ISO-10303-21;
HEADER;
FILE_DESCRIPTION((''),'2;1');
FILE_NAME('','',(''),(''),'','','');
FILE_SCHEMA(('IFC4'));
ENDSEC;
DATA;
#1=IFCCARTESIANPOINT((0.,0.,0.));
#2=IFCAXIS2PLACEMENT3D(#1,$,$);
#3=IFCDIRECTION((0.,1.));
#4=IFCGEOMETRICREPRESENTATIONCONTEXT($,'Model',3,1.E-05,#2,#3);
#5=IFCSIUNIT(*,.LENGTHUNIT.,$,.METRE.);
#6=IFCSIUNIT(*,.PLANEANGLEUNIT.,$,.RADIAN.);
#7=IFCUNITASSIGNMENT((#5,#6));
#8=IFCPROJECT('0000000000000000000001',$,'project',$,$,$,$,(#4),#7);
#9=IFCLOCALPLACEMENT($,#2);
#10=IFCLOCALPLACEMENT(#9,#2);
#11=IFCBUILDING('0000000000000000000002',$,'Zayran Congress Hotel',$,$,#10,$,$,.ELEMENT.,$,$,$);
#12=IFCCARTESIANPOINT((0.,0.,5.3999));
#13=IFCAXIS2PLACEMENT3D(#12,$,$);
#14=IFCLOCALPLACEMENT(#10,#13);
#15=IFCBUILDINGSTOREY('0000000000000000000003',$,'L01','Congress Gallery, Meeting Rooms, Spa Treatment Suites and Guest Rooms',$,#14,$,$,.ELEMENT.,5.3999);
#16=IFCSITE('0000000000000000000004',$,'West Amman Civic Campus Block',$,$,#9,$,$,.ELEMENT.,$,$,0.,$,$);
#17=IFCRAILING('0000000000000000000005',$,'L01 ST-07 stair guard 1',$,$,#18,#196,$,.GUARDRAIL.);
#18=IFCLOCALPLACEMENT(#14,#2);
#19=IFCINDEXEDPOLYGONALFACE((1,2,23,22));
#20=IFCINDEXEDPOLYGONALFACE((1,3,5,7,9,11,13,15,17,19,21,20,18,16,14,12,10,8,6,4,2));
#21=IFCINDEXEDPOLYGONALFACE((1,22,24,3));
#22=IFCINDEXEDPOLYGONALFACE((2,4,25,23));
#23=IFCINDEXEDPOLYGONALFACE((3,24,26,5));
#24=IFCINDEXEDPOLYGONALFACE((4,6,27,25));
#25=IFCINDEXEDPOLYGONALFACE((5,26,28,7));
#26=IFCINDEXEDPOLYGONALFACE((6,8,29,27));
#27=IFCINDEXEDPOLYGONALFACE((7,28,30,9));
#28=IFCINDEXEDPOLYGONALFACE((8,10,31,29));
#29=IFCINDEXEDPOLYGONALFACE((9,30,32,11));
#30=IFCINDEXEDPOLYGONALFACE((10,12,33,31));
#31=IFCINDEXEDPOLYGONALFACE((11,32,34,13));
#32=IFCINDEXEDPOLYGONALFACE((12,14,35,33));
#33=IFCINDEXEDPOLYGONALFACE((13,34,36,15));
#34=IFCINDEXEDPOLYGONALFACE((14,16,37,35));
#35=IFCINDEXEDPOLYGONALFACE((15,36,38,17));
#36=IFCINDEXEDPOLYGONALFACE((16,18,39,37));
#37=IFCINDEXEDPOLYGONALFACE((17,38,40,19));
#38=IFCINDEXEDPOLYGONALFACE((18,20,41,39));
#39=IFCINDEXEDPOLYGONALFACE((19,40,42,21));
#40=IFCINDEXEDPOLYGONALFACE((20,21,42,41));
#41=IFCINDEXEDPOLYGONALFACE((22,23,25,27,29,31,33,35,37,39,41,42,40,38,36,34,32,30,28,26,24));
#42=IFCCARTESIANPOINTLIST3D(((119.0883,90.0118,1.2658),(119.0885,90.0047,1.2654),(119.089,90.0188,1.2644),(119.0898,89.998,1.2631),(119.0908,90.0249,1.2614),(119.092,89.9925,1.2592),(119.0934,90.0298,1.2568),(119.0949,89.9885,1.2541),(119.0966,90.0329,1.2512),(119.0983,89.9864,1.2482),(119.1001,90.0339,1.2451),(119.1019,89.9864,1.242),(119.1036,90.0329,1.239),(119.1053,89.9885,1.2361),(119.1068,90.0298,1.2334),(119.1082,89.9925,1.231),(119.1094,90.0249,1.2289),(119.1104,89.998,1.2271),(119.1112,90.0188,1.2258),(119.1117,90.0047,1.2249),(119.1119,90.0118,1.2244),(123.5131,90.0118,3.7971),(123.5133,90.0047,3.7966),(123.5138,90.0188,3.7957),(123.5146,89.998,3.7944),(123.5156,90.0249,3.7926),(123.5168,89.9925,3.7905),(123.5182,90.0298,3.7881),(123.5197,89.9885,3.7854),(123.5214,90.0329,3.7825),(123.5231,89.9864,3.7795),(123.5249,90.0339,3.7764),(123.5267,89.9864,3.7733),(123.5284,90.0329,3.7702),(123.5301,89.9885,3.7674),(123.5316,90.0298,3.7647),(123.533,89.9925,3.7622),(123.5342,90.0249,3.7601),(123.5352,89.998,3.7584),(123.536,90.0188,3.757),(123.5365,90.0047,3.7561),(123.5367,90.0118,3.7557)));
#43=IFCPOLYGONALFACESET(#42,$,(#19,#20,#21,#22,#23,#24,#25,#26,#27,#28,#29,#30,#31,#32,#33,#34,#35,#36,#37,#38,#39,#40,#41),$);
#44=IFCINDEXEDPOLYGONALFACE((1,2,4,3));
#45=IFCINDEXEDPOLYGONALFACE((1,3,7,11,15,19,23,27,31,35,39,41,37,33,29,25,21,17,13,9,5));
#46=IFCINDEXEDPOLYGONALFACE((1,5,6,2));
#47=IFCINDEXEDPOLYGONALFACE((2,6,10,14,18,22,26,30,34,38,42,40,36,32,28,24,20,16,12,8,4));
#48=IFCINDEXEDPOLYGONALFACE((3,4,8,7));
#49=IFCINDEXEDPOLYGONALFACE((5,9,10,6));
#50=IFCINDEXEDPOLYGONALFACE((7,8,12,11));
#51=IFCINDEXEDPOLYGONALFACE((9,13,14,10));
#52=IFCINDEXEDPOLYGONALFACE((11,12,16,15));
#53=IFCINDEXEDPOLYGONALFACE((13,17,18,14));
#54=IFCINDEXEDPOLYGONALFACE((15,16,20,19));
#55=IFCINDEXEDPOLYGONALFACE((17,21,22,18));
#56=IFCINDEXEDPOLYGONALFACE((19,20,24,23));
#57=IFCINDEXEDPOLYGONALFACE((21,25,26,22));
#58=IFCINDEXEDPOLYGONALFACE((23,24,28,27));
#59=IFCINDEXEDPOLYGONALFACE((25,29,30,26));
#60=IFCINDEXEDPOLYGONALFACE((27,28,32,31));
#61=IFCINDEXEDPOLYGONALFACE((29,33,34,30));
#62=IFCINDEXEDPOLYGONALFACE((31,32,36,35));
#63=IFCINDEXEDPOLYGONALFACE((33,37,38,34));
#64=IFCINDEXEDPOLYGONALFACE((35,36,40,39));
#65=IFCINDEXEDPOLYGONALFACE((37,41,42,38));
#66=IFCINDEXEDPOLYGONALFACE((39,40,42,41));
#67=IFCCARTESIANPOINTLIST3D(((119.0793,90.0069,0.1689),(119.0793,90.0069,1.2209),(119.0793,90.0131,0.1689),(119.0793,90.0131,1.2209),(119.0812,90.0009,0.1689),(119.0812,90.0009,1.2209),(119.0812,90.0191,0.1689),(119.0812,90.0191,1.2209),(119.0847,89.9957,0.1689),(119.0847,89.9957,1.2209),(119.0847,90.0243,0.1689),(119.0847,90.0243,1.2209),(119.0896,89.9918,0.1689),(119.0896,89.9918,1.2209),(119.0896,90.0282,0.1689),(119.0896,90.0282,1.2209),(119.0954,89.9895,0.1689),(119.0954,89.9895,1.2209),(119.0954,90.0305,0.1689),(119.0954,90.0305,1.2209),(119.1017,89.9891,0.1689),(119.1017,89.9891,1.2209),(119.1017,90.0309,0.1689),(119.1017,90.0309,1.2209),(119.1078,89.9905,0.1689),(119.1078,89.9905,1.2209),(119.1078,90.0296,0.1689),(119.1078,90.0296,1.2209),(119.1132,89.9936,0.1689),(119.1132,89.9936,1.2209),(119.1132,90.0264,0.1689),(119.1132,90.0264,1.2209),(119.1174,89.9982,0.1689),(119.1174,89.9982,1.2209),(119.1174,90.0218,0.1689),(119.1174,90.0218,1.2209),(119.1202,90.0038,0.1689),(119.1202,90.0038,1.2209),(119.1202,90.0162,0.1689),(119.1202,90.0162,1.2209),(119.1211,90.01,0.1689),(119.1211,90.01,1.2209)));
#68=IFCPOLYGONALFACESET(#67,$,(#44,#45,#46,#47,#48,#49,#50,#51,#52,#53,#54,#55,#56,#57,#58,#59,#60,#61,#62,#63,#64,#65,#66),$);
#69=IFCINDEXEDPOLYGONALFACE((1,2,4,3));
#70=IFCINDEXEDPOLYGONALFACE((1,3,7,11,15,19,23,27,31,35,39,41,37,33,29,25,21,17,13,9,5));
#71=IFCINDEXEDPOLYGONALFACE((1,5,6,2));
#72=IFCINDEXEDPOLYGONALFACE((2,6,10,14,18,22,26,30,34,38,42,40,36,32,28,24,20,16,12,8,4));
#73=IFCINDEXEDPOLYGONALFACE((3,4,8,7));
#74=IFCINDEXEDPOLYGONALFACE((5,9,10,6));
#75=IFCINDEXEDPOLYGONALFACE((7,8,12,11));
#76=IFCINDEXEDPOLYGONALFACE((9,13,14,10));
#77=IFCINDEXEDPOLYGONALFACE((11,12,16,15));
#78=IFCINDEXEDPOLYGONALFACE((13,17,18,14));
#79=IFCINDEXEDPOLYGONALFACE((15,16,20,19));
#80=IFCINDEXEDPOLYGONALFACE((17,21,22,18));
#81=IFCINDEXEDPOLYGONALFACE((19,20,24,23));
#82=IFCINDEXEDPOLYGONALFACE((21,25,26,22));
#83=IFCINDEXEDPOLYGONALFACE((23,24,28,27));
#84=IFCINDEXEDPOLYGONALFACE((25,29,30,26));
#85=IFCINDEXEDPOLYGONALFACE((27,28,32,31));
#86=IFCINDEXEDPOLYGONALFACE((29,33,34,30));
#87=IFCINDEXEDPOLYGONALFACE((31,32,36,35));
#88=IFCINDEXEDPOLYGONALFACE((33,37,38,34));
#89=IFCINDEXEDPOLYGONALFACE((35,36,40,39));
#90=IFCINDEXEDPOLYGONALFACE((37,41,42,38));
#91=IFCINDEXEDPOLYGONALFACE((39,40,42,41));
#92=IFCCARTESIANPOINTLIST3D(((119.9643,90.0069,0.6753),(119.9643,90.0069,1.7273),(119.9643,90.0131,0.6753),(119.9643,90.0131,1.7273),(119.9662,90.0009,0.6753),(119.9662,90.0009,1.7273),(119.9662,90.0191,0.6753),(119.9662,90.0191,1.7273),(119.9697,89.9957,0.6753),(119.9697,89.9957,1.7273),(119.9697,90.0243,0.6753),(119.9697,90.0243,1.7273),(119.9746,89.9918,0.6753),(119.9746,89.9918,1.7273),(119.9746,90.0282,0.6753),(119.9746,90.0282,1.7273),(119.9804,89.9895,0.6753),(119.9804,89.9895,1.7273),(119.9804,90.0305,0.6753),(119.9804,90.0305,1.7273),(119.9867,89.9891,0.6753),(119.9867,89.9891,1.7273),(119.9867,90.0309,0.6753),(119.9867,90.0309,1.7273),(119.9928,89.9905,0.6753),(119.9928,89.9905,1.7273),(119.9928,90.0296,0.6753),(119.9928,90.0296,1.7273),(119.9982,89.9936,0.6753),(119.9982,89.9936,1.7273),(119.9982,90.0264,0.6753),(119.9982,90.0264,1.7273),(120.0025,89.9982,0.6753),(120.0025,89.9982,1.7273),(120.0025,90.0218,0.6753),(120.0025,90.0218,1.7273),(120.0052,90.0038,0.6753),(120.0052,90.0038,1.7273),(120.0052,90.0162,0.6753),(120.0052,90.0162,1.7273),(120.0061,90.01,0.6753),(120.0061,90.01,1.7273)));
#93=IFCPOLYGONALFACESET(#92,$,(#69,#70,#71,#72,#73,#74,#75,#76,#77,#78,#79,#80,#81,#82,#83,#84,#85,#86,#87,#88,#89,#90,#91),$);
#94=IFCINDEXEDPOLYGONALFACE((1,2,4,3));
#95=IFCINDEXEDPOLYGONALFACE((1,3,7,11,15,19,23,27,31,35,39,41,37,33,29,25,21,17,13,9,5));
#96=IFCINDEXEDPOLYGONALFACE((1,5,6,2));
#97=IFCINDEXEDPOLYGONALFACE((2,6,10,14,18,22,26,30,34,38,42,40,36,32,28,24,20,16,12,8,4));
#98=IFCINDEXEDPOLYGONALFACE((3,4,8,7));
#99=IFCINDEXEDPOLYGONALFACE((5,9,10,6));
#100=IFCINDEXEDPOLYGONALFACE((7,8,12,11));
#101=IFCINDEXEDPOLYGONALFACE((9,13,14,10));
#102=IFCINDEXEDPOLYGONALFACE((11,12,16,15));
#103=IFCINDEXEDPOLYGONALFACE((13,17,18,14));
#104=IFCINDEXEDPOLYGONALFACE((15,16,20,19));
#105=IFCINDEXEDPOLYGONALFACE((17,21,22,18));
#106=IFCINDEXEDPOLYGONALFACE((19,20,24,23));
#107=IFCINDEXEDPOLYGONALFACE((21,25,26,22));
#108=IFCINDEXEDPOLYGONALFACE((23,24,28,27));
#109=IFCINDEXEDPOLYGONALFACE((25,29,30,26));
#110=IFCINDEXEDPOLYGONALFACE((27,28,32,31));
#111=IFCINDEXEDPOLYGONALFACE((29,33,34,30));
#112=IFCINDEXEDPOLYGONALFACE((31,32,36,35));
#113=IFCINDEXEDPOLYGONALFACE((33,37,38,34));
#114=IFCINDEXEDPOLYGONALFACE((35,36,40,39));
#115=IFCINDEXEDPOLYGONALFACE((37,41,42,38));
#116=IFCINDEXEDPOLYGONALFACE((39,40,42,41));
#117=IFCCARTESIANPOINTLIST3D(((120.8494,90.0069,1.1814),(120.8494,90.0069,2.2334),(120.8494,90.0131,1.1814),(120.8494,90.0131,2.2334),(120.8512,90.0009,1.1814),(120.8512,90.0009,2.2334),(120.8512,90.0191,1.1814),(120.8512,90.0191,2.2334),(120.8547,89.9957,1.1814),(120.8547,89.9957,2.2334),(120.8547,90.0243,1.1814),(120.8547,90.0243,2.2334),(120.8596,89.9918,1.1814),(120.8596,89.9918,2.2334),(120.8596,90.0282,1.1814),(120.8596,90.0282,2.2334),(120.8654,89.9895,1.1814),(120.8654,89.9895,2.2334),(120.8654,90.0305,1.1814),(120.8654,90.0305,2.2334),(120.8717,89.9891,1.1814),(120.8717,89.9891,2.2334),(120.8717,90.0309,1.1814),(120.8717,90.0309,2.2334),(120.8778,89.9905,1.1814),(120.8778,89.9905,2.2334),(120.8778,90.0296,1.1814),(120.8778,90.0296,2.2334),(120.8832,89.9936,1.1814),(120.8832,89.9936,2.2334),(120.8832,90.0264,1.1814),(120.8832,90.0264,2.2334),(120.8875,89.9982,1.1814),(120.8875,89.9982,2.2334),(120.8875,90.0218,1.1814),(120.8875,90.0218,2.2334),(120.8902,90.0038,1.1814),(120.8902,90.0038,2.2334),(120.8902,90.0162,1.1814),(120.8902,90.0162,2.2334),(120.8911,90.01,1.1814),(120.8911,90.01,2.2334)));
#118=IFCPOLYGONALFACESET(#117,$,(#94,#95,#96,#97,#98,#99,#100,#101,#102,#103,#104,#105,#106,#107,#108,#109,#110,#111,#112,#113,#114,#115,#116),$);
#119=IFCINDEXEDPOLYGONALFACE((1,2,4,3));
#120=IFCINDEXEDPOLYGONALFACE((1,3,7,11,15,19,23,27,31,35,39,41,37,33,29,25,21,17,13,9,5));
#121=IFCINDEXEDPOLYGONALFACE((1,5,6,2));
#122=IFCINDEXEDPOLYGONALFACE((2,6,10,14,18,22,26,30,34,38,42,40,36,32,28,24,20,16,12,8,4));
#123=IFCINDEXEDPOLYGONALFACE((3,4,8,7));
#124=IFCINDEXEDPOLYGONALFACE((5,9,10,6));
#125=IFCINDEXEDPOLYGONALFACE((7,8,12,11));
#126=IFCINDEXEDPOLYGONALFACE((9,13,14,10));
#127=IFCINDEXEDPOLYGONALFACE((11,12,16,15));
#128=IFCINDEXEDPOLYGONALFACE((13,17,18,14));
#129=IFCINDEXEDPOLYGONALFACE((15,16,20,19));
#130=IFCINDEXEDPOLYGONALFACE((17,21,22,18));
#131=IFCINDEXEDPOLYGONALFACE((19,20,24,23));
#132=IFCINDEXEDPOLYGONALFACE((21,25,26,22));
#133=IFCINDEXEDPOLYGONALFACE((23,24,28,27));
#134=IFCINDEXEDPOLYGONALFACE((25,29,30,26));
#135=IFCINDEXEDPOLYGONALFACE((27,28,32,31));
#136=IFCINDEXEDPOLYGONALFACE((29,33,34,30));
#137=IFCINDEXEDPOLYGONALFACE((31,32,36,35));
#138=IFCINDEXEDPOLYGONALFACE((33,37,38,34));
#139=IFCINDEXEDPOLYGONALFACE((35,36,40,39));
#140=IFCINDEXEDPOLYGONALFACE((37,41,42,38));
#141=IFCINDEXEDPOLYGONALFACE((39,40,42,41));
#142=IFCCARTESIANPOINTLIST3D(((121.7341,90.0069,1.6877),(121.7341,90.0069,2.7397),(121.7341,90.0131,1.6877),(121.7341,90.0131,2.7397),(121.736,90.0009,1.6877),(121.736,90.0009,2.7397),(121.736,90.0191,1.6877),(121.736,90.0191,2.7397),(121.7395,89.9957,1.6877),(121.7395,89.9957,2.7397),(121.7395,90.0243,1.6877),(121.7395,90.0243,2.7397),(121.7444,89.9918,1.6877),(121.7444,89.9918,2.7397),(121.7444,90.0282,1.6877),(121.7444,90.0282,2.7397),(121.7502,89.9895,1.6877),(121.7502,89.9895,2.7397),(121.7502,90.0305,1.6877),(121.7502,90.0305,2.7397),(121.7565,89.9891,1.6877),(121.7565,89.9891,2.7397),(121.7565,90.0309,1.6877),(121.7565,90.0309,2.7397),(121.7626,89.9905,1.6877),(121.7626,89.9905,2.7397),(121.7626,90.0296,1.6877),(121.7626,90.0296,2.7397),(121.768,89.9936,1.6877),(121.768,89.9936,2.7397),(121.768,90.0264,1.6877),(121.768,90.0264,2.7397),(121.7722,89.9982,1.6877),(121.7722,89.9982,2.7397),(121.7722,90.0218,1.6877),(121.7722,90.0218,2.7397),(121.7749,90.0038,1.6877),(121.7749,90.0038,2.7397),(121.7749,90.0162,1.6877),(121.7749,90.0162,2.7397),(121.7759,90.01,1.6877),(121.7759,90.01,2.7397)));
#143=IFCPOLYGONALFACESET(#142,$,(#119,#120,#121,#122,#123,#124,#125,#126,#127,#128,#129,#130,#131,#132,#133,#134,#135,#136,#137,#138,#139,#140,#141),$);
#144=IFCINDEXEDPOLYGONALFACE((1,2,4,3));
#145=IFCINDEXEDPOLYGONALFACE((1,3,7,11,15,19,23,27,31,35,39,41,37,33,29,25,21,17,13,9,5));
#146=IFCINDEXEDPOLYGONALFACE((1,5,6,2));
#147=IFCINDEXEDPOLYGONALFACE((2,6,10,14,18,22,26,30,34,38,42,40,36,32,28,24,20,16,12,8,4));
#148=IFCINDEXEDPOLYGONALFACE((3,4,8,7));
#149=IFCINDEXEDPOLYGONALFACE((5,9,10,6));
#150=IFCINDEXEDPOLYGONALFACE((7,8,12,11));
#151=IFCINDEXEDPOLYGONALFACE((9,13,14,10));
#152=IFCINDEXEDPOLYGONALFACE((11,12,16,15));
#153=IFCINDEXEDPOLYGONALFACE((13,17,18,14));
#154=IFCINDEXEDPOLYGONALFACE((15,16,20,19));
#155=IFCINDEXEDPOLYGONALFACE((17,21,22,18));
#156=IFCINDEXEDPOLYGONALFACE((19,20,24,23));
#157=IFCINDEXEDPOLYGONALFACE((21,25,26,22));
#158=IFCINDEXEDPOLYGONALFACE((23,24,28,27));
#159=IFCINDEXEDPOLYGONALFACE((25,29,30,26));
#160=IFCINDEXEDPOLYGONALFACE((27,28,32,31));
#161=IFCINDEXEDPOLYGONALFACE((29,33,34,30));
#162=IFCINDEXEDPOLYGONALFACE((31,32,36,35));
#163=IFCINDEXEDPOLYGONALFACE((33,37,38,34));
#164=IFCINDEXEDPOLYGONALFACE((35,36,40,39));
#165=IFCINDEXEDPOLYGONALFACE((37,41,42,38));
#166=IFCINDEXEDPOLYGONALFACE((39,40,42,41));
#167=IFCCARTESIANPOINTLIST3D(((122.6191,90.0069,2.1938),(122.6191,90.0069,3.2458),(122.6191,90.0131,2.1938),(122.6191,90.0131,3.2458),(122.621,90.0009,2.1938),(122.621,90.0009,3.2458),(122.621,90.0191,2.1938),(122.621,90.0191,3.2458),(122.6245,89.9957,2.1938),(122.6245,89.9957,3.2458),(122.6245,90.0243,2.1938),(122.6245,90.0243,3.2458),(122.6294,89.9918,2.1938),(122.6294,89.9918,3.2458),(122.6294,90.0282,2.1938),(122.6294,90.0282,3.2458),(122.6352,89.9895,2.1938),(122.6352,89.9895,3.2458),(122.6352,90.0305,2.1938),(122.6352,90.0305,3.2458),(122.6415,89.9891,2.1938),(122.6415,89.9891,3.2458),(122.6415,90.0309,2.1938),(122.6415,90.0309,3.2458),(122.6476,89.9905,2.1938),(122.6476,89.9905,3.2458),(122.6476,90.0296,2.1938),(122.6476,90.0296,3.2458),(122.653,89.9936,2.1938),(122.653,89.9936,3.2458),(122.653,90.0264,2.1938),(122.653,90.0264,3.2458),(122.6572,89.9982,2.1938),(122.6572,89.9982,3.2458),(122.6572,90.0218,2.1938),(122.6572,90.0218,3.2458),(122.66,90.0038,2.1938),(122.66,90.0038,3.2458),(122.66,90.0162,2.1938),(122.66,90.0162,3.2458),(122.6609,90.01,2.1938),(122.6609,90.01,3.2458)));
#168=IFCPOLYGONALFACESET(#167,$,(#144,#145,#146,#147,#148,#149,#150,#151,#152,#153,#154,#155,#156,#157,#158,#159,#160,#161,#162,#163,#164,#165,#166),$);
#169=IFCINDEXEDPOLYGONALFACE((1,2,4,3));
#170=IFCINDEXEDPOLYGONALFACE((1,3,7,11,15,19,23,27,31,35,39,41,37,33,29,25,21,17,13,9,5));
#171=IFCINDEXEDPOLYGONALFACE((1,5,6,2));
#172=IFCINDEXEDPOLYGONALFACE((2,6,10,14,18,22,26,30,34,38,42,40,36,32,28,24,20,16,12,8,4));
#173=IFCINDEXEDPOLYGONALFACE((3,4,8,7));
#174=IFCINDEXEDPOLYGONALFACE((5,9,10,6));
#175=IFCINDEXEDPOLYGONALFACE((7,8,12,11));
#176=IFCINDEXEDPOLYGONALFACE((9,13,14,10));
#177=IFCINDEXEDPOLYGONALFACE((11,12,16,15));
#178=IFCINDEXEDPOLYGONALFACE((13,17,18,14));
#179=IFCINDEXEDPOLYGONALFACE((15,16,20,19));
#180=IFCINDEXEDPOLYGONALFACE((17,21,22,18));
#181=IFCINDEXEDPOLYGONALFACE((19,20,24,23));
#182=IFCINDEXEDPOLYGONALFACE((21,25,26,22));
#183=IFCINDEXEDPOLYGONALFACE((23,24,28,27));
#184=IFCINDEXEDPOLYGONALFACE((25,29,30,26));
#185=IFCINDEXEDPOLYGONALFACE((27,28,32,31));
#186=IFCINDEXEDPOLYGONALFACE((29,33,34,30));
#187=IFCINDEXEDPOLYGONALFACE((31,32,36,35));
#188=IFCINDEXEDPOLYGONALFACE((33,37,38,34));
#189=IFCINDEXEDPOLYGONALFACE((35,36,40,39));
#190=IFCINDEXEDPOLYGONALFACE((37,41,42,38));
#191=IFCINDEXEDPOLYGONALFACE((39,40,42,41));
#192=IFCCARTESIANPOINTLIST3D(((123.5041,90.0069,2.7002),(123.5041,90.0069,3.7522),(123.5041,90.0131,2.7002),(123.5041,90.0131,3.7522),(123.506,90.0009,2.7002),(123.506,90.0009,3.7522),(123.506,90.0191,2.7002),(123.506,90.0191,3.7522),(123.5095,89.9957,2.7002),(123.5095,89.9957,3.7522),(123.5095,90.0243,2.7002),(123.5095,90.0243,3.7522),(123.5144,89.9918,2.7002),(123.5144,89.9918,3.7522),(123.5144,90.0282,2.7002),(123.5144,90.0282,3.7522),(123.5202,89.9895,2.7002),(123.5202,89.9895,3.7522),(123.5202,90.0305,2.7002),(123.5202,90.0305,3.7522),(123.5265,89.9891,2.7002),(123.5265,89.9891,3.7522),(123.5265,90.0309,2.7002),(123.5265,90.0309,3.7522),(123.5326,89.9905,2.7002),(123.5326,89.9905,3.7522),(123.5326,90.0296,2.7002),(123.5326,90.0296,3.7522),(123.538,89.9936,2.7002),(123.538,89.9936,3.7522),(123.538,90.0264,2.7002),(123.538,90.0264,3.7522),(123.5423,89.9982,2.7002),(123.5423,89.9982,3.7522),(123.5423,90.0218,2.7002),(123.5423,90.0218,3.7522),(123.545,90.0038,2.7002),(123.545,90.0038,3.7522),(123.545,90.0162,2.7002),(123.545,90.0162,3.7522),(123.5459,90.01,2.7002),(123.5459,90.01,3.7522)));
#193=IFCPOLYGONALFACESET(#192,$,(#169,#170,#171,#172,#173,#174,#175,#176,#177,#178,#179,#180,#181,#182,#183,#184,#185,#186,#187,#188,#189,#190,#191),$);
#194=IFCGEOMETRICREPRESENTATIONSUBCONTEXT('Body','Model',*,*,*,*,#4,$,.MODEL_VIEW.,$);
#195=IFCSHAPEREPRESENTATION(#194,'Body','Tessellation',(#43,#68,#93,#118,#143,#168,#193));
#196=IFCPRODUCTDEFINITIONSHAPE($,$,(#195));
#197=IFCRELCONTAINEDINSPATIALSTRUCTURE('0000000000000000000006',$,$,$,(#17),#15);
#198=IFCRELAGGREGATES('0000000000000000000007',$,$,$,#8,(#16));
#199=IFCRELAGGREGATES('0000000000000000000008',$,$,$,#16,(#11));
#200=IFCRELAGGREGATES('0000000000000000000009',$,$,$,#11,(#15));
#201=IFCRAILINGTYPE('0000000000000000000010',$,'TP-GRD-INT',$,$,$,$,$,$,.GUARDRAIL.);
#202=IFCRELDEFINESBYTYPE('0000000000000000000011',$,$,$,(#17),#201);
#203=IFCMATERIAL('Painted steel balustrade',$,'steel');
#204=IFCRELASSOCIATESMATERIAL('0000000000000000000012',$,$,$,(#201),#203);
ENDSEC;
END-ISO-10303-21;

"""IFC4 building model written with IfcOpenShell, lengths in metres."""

from ifc_helpers import new_model, si_unit, direction, frame, origin, origin_2d, place, context, subcontext, project, spatial, circle, extrude, material, type_object, element, save


model = new_model("IFC4")

# Units and contexts
model_context = context("Model", 3, precision=1e-05, world=origin(), true_north=direction((0.0, 1.0)))
body_context = subcontext(model_context, "Body", "Model", "MODEL_VIEW")
ifc_project = project(units=[si_unit("LENGTHUNIT", "METRE"), si_unit("PLANEANGLEUNIT", "RADIAN")], contexts=[model_context])

# Site, building, storey
site_placement = place(None, origin())
site = spatial("IfcSite", under=ifc_project, at=site_placement, Name="West Amman Civic Campus Block", CompositionType="ELEMENT", RefElevation=0.0)
building_placement = place(site_placement, origin())
building = spatial("IfcBuilding", under=site, at=building_placement, Name="Zayran Congress Hotel", CompositionType="ELEMENT")
storey_placement = place(building_placement, frame((0.0, 0.0, 5.3999)))
storey = spatial("IfcBuildingStorey", under=building, at=storey_placement, Name="L01", Description="Congress Gallery, Meeting Rooms, Spa Treatment Suites and Guest Rooms", CompositionType="ELEMENT", Elevation=5.3999)

# Railing
ifc_material_1 = material(Name="Painted steel balustrade", Category="steel")
railing_type_1 = type_object("IfcRailingType", Name="TP-GRD-INT", PredefinedType="GUARDRAIL", material=ifc_material_1)
railing_1_placement = place(storey_placement, frame((119.1001, 90.01, 0.1689)))
element("IfcRailing", 1, at=railing_1_placement, inside=storey, type_object=railing_type_1, Name="L01 ST-07 stair guard 1", PredefinedType="GUARDRAIL", context=body_context, shape_type="SweptSolid", body=[
    extrude(circle(Radius=0.0239, at=origin_2d()), frame((0.0, 0.0, 1.0762), z_axis=(0.868007, 0.0, 0.496551), x_axis=(0.0, 1.0, 0.0)), (0.0, 0.0, 1.0), 5.0977),
    extrude(circle(Radius=0.021, at=origin_2d()), origin(), (0.0, 0.0, 1.0), 1.052),
    extrude(circle(Radius=0.021, at=origin_2d()), frame((0.885, 0.0, 0.5063)), (0.0, 0.0, 1.0), 1.052),
    extrude(circle(Radius=0.021, at=origin_2d()), frame((1.77, 0.0, 1.0125)), (0.0, 0.0, 1.0), 1.052),
    extrude(circle(Radius=0.021, at=origin_2d()), frame((2.6548, 0.0, 1.5188)), (0.0, 0.0, 1.0), 1.052),
    extrude(circle(Radius=0.021, at=origin_2d()), frame((3.5398, 0.0, 2.0249)), (0.0, 0.0, 1.0), 1.052),
    extrude(circle(Radius=0.021, at=origin_2d()), frame((4.4248, 0.0, 2.5312)), (0.0, 0.0, 1.0), 1.052),
])

save(model, "model.ifc")
